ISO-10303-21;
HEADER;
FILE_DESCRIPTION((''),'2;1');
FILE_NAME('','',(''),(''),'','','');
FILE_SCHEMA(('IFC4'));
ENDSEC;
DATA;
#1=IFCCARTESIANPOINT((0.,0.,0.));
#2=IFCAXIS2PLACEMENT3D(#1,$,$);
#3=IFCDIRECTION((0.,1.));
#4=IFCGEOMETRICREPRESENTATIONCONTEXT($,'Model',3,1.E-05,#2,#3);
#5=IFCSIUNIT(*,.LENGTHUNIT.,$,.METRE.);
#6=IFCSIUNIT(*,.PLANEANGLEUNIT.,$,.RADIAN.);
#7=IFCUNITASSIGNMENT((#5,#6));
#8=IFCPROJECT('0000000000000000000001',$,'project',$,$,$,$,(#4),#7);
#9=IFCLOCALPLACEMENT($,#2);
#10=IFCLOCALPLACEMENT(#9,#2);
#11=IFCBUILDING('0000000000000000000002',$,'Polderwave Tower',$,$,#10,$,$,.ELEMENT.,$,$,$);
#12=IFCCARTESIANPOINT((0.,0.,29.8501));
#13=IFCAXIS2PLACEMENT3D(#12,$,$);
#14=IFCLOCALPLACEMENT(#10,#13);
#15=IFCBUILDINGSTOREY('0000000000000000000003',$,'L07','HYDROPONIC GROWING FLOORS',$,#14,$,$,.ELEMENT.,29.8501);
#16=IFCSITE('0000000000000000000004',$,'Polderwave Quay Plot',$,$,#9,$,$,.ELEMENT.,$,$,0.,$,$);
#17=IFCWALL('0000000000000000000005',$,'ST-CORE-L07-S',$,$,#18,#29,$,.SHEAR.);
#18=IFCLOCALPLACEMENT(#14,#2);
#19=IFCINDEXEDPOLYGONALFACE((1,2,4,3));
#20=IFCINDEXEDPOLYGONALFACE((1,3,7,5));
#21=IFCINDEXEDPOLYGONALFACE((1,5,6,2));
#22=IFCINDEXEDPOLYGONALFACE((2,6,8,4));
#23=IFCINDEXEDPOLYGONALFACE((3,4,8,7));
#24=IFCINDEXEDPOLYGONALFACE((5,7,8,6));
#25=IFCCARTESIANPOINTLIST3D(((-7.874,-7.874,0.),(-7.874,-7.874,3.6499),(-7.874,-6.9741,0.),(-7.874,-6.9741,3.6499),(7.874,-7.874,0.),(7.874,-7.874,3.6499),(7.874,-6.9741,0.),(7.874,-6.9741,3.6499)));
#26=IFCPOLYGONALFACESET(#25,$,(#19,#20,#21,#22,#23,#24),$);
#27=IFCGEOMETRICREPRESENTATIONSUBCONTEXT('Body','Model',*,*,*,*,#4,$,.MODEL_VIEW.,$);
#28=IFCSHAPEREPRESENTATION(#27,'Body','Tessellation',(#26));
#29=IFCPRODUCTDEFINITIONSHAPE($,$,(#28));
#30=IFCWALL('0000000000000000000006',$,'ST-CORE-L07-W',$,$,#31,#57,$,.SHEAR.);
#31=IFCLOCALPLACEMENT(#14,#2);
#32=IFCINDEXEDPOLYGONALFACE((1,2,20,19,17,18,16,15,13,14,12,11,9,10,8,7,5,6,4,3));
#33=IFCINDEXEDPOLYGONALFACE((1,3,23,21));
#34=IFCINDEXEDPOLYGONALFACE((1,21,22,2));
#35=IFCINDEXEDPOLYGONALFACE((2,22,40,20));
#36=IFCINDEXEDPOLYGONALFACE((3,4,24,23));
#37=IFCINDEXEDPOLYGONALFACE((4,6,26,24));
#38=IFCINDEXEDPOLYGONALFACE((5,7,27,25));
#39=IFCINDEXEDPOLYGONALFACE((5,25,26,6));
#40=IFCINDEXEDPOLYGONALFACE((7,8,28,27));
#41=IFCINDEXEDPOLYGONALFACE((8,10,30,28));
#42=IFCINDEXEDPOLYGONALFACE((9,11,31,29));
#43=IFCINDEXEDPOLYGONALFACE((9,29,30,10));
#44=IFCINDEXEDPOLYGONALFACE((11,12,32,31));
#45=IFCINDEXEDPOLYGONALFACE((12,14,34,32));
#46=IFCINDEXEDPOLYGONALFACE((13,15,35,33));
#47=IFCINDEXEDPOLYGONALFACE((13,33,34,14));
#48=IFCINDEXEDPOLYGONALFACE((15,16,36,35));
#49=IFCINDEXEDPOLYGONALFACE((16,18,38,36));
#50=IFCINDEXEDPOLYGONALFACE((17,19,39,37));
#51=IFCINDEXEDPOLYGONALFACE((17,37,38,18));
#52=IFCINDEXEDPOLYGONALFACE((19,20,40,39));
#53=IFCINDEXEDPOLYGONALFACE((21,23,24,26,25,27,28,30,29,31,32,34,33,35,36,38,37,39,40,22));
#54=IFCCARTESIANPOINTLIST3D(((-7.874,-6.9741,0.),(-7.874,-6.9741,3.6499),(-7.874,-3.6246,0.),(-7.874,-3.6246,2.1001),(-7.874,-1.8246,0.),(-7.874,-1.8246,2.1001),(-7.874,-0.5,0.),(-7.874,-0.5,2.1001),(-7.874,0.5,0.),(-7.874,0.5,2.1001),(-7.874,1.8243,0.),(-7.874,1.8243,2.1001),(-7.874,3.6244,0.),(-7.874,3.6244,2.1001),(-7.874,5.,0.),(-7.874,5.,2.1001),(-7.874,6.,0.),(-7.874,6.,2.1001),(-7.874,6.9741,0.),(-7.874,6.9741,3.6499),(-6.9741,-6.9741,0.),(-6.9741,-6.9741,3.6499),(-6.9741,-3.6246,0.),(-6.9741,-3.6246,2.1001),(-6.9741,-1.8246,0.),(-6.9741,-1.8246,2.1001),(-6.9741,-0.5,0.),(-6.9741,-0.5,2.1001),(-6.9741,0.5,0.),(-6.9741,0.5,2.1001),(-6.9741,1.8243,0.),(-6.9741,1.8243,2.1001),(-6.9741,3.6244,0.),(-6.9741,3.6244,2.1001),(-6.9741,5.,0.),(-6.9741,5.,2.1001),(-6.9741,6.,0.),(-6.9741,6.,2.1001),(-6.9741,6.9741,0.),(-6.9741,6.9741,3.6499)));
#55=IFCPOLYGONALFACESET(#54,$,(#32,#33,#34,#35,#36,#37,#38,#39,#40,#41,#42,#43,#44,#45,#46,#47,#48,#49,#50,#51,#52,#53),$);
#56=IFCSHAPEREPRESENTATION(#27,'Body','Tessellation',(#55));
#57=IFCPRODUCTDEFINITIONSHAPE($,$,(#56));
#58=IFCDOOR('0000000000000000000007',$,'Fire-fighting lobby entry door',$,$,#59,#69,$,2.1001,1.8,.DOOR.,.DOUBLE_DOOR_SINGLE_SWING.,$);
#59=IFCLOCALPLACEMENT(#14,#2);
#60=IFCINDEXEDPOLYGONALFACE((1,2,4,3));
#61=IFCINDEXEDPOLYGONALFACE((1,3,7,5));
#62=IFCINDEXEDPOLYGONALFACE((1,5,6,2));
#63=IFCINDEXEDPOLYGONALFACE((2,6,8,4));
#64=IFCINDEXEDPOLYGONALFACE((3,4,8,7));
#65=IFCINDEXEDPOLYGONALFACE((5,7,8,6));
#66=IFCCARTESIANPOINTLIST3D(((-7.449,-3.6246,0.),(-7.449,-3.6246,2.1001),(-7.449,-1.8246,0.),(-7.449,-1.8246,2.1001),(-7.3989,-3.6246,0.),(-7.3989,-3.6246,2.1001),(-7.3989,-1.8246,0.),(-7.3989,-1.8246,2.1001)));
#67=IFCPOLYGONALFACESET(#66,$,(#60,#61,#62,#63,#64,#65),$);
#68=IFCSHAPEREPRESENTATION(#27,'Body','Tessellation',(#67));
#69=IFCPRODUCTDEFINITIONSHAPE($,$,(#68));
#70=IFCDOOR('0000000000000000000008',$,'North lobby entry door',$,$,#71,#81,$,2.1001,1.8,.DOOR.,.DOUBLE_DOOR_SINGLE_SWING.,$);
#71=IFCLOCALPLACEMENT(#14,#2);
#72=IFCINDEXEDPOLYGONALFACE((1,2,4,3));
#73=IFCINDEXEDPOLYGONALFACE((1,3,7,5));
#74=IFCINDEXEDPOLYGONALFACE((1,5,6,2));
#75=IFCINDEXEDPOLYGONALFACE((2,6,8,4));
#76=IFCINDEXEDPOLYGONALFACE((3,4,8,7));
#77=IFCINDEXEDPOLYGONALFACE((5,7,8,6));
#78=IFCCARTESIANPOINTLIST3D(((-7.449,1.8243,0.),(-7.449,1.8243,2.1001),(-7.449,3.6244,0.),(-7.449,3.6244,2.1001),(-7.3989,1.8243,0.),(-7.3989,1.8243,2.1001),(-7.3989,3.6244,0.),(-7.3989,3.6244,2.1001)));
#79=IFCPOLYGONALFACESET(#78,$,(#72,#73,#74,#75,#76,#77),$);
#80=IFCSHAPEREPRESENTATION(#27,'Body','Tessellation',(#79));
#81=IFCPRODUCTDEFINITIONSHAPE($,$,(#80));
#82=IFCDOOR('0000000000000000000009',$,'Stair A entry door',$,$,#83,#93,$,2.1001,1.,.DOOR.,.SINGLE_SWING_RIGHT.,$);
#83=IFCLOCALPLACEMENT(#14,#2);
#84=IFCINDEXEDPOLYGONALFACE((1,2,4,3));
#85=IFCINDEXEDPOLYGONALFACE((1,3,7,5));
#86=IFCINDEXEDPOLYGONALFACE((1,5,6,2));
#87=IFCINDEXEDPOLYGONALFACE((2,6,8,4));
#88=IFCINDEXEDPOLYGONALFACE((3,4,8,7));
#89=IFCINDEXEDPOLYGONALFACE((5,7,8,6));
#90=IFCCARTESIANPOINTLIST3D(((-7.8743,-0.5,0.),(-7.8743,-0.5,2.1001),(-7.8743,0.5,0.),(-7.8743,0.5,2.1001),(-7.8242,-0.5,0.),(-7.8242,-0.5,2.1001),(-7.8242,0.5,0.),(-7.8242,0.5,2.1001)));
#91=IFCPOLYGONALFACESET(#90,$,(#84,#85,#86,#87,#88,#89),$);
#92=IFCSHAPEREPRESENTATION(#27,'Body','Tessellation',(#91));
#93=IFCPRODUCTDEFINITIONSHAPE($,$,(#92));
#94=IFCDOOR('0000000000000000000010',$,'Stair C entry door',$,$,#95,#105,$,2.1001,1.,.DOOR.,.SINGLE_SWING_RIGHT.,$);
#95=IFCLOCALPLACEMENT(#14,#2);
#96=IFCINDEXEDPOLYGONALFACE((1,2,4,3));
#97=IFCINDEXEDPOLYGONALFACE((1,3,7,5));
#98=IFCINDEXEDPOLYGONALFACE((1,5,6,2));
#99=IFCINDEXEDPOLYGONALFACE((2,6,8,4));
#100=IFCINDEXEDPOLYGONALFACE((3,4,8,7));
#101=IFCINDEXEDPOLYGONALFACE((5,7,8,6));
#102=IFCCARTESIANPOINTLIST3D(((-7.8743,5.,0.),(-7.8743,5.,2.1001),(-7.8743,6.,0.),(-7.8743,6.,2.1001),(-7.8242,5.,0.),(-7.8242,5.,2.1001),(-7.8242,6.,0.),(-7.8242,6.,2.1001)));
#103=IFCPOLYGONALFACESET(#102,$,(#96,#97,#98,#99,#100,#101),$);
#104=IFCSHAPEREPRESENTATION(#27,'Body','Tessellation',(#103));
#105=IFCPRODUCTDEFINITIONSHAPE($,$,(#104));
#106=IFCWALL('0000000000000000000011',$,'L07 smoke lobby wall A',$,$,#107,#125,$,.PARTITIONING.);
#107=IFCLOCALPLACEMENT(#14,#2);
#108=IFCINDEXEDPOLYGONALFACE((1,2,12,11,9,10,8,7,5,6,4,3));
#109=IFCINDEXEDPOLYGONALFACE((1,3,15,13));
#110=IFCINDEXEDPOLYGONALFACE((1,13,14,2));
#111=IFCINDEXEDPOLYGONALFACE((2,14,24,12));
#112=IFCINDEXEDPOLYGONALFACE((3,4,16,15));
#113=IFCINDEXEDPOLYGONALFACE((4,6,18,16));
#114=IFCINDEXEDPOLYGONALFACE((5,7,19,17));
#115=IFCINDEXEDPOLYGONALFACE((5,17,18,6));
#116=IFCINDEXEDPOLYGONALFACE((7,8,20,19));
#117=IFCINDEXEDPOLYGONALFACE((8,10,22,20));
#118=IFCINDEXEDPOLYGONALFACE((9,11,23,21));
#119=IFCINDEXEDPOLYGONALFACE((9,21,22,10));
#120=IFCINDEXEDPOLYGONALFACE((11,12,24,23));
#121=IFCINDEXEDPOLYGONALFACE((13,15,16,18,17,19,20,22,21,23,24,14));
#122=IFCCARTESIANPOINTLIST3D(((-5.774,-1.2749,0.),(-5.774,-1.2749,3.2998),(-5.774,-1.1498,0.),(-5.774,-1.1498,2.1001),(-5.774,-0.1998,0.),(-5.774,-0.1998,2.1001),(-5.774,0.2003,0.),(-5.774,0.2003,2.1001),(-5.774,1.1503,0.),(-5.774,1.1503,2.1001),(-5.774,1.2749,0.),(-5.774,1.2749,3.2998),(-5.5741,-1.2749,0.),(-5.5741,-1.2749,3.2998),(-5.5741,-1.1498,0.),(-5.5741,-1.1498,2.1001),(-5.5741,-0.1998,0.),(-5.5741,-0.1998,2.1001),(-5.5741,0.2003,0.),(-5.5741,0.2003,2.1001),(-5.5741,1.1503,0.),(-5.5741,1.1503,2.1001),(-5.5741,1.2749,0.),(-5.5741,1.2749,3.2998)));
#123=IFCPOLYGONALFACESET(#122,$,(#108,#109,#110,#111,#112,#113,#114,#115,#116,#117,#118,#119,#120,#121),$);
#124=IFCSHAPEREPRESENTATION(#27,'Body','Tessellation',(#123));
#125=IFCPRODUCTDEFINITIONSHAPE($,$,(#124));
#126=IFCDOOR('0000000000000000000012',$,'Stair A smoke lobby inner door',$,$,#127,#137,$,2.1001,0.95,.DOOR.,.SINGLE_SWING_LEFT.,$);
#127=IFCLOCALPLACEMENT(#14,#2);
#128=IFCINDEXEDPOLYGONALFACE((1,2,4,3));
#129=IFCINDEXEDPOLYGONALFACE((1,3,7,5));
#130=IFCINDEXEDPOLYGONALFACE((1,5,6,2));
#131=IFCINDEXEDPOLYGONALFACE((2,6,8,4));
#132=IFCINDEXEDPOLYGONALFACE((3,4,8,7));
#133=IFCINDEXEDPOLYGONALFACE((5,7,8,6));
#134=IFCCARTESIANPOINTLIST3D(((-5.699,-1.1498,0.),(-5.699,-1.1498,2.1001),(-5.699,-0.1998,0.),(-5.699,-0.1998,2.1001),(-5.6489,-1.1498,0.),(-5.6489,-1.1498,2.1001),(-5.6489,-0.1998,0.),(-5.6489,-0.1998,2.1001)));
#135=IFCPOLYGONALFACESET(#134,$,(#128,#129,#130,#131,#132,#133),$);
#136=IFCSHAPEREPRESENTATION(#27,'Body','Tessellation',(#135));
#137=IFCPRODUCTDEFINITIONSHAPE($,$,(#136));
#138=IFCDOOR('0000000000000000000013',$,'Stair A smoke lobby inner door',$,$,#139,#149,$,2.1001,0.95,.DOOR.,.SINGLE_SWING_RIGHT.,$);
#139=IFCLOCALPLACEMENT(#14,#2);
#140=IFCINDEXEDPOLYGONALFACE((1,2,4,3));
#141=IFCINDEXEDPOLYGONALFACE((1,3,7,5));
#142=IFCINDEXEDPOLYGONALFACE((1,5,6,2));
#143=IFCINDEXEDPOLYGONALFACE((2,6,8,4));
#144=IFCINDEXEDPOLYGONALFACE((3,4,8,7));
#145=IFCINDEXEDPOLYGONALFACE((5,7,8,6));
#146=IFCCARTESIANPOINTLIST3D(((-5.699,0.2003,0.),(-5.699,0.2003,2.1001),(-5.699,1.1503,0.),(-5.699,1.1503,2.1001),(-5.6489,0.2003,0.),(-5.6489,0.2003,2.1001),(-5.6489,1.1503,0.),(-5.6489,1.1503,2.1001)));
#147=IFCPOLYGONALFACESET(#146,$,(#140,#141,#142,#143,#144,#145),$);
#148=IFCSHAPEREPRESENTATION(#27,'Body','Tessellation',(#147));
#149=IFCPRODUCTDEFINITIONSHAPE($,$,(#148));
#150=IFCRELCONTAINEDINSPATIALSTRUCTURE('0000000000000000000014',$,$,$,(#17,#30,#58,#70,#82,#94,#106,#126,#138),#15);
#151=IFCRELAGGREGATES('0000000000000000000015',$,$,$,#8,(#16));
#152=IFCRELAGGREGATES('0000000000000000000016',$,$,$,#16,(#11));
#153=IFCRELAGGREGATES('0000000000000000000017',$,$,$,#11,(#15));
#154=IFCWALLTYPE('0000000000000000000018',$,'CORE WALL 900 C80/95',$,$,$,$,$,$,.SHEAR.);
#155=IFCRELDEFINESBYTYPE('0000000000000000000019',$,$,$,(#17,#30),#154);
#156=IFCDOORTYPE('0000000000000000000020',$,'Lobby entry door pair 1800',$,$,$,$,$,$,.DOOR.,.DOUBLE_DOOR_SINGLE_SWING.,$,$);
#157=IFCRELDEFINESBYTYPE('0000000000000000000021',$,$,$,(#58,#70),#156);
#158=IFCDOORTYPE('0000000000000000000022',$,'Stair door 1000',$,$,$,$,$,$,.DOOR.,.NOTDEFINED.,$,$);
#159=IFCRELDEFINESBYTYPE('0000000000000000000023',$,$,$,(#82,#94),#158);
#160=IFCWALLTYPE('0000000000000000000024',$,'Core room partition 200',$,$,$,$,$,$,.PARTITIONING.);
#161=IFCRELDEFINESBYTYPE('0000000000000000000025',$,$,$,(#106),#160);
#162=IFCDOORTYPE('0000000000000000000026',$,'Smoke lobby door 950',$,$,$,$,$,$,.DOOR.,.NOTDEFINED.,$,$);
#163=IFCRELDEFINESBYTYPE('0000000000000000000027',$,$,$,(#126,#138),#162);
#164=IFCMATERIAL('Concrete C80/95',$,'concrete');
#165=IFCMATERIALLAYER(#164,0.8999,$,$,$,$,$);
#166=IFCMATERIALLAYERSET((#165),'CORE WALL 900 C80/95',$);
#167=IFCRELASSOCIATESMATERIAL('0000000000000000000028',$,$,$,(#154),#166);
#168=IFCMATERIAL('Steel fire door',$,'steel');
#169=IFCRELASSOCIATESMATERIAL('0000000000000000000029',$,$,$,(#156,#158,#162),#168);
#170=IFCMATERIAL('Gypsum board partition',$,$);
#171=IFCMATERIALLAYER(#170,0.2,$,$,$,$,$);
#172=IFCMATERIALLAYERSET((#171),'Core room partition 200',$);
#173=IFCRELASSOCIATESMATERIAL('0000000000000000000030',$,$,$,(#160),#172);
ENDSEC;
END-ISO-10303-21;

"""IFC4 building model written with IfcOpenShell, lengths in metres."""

from ifc_helpers import new_model, si_unit, direction, frame, frame_2d, origin, place, context, subcontext, project, spatial, rectangle, extrude, material, layer, layer_set, type_object, element, fill, save


model = new_model("IFC4")

# Units and contexts
model_context = context("Model", 3, precision=1e-05, world=origin(), true_north=direction((0.0, 1.0)))
body_context = subcontext(model_context, "Body", "Model", "MODEL_VIEW")
ifc_project = project(units=[si_unit("LENGTHUNIT", "METRE"), si_unit("PLANEANGLEUNIT", "RADIAN")], contexts=[model_context])

# Site, building, storey
site_placement = place(None, origin())
site = spatial("IfcSite", under=ifc_project, at=site_placement, Name="Polderwave Quay Plot", CompositionType="ELEMENT", RefElevation=0.0)
building_placement = place(site_placement, origin())
building = spatial("IfcBuilding", under=site, at=building_placement, Name="Polderwave Tower", CompositionType="ELEMENT")
storey_placement = place(building_placement, frame((0.0, 0.0, 29.8501)))
storey = spatial("IfcBuildingStorey", under=building, at=storey_placement, Name="L07", Description="HYDROPONIC GROWING FLOORS", CompositionType="ELEMENT", Elevation=29.8501)

# Wall
ifc_material_1 = material(Name="Concrete C80/95", Category="concrete")
ifc_layer_1 = layer(ifc_material_1, 0.8999)
ifc_layer_set_1 = layer_set([ifc_layer_1], Name="CORE WALL 900 C80/95")
wall_type_1 = type_object("IfcWallType", Name="CORE WALL 900 C80/95", PredefinedType="SHEAR", material=ifc_layer_set_1)
wall_1_placement = place(storey_placement, frame((-7.874, -7.4241, 0.0), z_axis=(0.0, 0.0, 1.0), x_axis=(1.0, 0.0, 0.0)))
element("IfcWall", 1, at=wall_1_placement, inside=storey, type_object=wall_type_1, Name="ST-CORE-L07-S", PredefinedType="SHEAR", context=body_context, shape_type="SweptSolid", body=[
    extrude(rectangle(XDim=15.748, YDim=0.8999, at=frame_2d((7.874, 0.0))), origin(), (0.0, 0.0, 1.0), 3.6499),
])

# Walls, openings, doors
wall_2_placement = place(storey_placement, frame((-7.4241, -6.9741, 0.0), z_axis=(0.0, 0.0, 1.0), x_axis=(0.0, 1.0, 0.0)))
wall_2 = element("IfcWall", 2, at=wall_2_placement, inside=storey, type_object=wall_type_1, Name="ST-CORE-L07-W", PredefinedType="SHEAR", context=body_context, shape_type="SweptSolid", body=[
    extrude(rectangle(XDim=13.9482, YDim=0.8999, at=frame_2d((6.9741, 0.0))), origin(), (0.0, 0.0, 1.0), 3.6499),
])
opening_1_placement = place(wall_2_placement, frame((6.4741, 0.0, 0.0)))
opening_1 = element("IfcOpeningElement", 3, at=opening_1_placement, cuts=wall_2, PredefinedType="OPENING", context=body_context, shape_type="SweptSolid", body=[
    extrude(rectangle(XDim=1.0, YDim=2.1001, at=frame_2d((0.5, 1.05))), frame((0.0, 0.46, 0.0), z_axis=(0.0, -1.0, 0.0), x_axis=(1.0, 0.0, 0.0)), (0.0, 0.0, 1.0), 0.9199),
])
opening_2_placement = place(wall_2_placement, frame((3.3496, 0.0, 0.0)))
opening_2 = element("IfcOpeningElement", 4, at=opening_2_placement, cuts=wall_2, PredefinedType="OPENING", context=body_context, shape_type="SweptSolid", body=[
    extrude(rectangle(XDim=1.8, YDim=2.1001, at=frame_2d((0.8999, 1.05))), frame((0.0, 0.46, 0.0), z_axis=(0.0, -1.0, 0.0), x_axis=(1.0, 0.0, 0.0)), (0.0, 0.0, 1.0), 0.9199),
])
opening_3_placement = place(wall_2_placement, frame((8.7986, 0.0, 0.0)))
opening_3 = element("IfcOpeningElement", 5, at=opening_3_placement, cuts=wall_2, PredefinedType="OPENING", context=body_context, shape_type="SweptSolid", body=[
    extrude(rectangle(XDim=1.8, YDim=2.1001, at=frame_2d((0.8999, 1.05))), frame((0.0, 0.46, 0.0), z_axis=(0.0, -1.0, 0.0), x_axis=(1.0, 0.0, 0.0)), (0.0, 0.0, 1.0), 0.9199),
])
opening_4_placement = place(wall_2_placement, frame((11.9741, 0.0, 0.0)))
opening_4 = element("IfcOpeningElement", 6, at=opening_4_placement, cuts=wall_2, PredefinedType="OPENING", context=body_context, shape_type="SweptSolid", body=[
    extrude(rectangle(XDim=1.0, YDim=2.1001, at=frame_2d((0.5, 1.05))), frame((0.0, 0.46, 0.0), z_axis=(0.0, -1.0, 0.0), x_axis=(1.0, 0.0, 0.0)), (0.0, 0.0, 1.0), 0.9199),
])
ifc_material_2 = material(Name="Steel fire door", Category="steel")
door_type_1 = type_object("IfcDoorType", Name="Lobby entry door pair 1800", OperationType="DOUBLE_DOOR_SINGLE_SWING", PredefinedType="DOOR", material=ifc_material_2)
door_1_placement = place(opening_2_placement, origin())
door_1 = element("IfcDoor", 7, at=door_1_placement, inside=storey, type_object=door_type_1, Name="Fire-fighting lobby entry door", OperationType="DOUBLE_DOOR_SINGLE_SWING", OverallHeight=2.1001, OverallWidth=1.8, PredefinedType="DOOR", context=body_context, shape_type="SweptSolid", body=[
    extrude(rectangle(XDim=1.8, YDim=2.1001, at=frame_2d((0.8999, 1.05))), frame((0.0, 0.0249, 0.0), z_axis=(0.0, -1.0, 0.0), x_axis=(1.0, 0.0, 0.0)), (0.0, 0.0, 1.0), 0.05),
])
fill(opening_2, door_1)
door_2_placement = place(opening_3_placement, origin())
door_2 = element("IfcDoor", 8, at=door_2_placement, inside=storey, type_object=door_type_1, Name="North lobby entry door", OperationType="DOUBLE_DOOR_SINGLE_SWING", OverallHeight=2.1001, OverallWidth=1.8, PredefinedType="DOOR", context=body_context, shape_type="SweptSolid", body=[
    extrude(rectangle(XDim=1.8, YDim=2.1001, at=frame_2d((0.8999, 1.05))), frame((0.0, 0.0249, 0.0), z_axis=(0.0, -1.0, 0.0), x_axis=(1.0, 0.0, 0.0)), (0.0, 0.0, 1.0), 0.05),
])
fill(opening_3, door_2)
door_type_2 = type_object("IfcDoorType", Name="Stair door 1000", OperationType="NOTDEFINED", PredefinedType="DOOR", material=ifc_material_2)
door_3_placement = place(opening_1_placement, origin())
door_3 = element("IfcDoor", 9, at=door_3_placement, inside=storey, type_object=door_type_2, Name="Stair A entry door", OperationType="SINGLE_SWING_RIGHT", OverallHeight=2.1001, OverallWidth=1.0, PredefinedType="DOOR", context=body_context, shape_type="SweptSolid", body=[
    extrude(rectangle(XDim=1.0, YDim=2.1001, at=frame_2d((0.5, 1.05))), frame((0.0, 0.4502, 0.0), z_axis=(0.0, -1.0, 0.0), x_axis=(1.0, 0.0, 0.0)), (0.0, 0.0, 1.0), 0.05),
])
fill(opening_1, door_3)
door_4_placement = place(opening_4_placement, origin())
door_4 = element("IfcDoor", 10, at=door_4_placement, inside=storey, type_object=door_type_2, Name="Stair C entry door", OperationType="SINGLE_SWING_RIGHT", OverallHeight=2.1001, OverallWidth=1.0, PredefinedType="DOOR", context=body_context, shape_type="SweptSolid", body=[
    extrude(rectangle(XDim=1.0, YDim=2.1001, at=frame_2d((0.5, 1.05))), frame((0.0, 0.4502, 0.0), z_axis=(0.0, -1.0, 0.0), x_axis=(1.0, 0.0, 0.0)), (0.0, 0.0, 1.0), 0.05),
])
fill(opening_4, door_4)
ifc_material_3 = material(Name="Gypsum board partition")
ifc_layer_2 = layer(ifc_material_3, 0.2)
ifc_layer_set_2 = layer_set([ifc_layer_2], Name="Core room partition 200")
wall_type_2 = type_object("IfcWallType", Name="Core room partition 200", PredefinedType="PARTITIONING", material=ifc_layer_set_2)
wall_3_placement = place(storey_placement, frame((-5.6741, -1.2749, 0.0), z_axis=(0.0, 0.0, 1.0), x_axis=(0.0, 1.0, 0.0)))
wall_3 = element("IfcWall", 11, at=wall_3_placement, inside=storey, type_object=wall_type_2, Name="L07 smoke lobby wall A", PredefinedType="PARTITIONING", context=body_context, shape_type="SweptSolid", body=[
    extrude(rectangle(XDim=2.5498, YDim=0.2, at=frame_2d((1.2749, 0.0))), origin(), (0.0, 0.0, 1.0), 3.2998),
])
opening_5_placement = place(wall_3_placement, frame((0.125, 0.0, 0.0)))
opening_5 = element("IfcOpeningElement", 12, at=opening_5_placement, cuts=wall_3, PredefinedType="OPENING", context=body_context, shape_type="SweptSolid", body=[
    extrude(rectangle(XDim=0.95, YDim=2.1001, at=frame_2d((0.4751, 1.05))), frame((0.0, 0.1099, 0.0), z_axis=(0.0, -1.0, 0.0), x_axis=(1.0, 0.0, 0.0)), (0.0, 0.0, 1.0), 0.22),
])
opening_6_placement = place(wall_3_placement, frame((1.4751, 0.0, 0.0)))
opening_6 = element("IfcOpeningElement", 13, at=opening_6_placement, cuts=wall_3, PredefinedType="OPENING", context=body_context, shape_type="SweptSolid", body=[
    extrude(rectangle(XDim=0.95, YDim=2.1001, at=frame_2d((0.4751, 1.05))), frame((0.0, 0.1099, 0.0), z_axis=(0.0, -1.0, 0.0), x_axis=(1.0, 0.0, 0.0)), (0.0, 0.0, 1.0), 0.22),
])
door_type_3 = type_object("IfcDoorType", Name="Smoke lobby door 950", OperationType="NOTDEFINED", PredefinedType="DOOR", material=ifc_material_2)
door_5_placement = place(opening_5_placement, origin())
door_5 = element("IfcDoor", 14, at=door_5_placement, inside=storey, type_object=door_type_3, Name="Stair A smoke lobby inner door", OperationType="SINGLE_SWING_LEFT", OverallHeight=2.1001, OverallWidth=0.95, PredefinedType="DOOR", context=body_context, shape_type="SweptSolid", body=[
    extrude(rectangle(XDim=0.95, YDim=2.1001, at=frame_2d((0.4751, 1.05))), frame((0.0, 0.0249, 0.0), z_axis=(0.0, -1.0, 0.0), x_axis=(1.0, 0.0, 0.0)), (0.0, 0.0, 1.0), 0.05),
])
fill(opening_5, door_5)
door_6_placement = place(opening_6_placement, origin())
door_6 = element("IfcDoor", 15, at=door_6_placement, inside=storey, type_object=door_type_3, Name="Stair A smoke lobby inner door", OperationType="SINGLE_SWING_RIGHT", OverallHeight=2.1001, OverallWidth=0.95, PredefinedType="DOOR", context=body_context, shape_type="SweptSolid", body=[
    extrude(rectangle(XDim=0.95, YDim=2.1001, at=frame_2d((0.4751, 1.05))), frame((0.0, 0.0249, 0.0), z_axis=(0.0, -1.0, 0.0), x_axis=(1.0, 0.0, 0.0)), (0.0, 0.0, 1.0), 0.05),
])
fill(opening_6, door_6)

save(model, "model.ifc")
